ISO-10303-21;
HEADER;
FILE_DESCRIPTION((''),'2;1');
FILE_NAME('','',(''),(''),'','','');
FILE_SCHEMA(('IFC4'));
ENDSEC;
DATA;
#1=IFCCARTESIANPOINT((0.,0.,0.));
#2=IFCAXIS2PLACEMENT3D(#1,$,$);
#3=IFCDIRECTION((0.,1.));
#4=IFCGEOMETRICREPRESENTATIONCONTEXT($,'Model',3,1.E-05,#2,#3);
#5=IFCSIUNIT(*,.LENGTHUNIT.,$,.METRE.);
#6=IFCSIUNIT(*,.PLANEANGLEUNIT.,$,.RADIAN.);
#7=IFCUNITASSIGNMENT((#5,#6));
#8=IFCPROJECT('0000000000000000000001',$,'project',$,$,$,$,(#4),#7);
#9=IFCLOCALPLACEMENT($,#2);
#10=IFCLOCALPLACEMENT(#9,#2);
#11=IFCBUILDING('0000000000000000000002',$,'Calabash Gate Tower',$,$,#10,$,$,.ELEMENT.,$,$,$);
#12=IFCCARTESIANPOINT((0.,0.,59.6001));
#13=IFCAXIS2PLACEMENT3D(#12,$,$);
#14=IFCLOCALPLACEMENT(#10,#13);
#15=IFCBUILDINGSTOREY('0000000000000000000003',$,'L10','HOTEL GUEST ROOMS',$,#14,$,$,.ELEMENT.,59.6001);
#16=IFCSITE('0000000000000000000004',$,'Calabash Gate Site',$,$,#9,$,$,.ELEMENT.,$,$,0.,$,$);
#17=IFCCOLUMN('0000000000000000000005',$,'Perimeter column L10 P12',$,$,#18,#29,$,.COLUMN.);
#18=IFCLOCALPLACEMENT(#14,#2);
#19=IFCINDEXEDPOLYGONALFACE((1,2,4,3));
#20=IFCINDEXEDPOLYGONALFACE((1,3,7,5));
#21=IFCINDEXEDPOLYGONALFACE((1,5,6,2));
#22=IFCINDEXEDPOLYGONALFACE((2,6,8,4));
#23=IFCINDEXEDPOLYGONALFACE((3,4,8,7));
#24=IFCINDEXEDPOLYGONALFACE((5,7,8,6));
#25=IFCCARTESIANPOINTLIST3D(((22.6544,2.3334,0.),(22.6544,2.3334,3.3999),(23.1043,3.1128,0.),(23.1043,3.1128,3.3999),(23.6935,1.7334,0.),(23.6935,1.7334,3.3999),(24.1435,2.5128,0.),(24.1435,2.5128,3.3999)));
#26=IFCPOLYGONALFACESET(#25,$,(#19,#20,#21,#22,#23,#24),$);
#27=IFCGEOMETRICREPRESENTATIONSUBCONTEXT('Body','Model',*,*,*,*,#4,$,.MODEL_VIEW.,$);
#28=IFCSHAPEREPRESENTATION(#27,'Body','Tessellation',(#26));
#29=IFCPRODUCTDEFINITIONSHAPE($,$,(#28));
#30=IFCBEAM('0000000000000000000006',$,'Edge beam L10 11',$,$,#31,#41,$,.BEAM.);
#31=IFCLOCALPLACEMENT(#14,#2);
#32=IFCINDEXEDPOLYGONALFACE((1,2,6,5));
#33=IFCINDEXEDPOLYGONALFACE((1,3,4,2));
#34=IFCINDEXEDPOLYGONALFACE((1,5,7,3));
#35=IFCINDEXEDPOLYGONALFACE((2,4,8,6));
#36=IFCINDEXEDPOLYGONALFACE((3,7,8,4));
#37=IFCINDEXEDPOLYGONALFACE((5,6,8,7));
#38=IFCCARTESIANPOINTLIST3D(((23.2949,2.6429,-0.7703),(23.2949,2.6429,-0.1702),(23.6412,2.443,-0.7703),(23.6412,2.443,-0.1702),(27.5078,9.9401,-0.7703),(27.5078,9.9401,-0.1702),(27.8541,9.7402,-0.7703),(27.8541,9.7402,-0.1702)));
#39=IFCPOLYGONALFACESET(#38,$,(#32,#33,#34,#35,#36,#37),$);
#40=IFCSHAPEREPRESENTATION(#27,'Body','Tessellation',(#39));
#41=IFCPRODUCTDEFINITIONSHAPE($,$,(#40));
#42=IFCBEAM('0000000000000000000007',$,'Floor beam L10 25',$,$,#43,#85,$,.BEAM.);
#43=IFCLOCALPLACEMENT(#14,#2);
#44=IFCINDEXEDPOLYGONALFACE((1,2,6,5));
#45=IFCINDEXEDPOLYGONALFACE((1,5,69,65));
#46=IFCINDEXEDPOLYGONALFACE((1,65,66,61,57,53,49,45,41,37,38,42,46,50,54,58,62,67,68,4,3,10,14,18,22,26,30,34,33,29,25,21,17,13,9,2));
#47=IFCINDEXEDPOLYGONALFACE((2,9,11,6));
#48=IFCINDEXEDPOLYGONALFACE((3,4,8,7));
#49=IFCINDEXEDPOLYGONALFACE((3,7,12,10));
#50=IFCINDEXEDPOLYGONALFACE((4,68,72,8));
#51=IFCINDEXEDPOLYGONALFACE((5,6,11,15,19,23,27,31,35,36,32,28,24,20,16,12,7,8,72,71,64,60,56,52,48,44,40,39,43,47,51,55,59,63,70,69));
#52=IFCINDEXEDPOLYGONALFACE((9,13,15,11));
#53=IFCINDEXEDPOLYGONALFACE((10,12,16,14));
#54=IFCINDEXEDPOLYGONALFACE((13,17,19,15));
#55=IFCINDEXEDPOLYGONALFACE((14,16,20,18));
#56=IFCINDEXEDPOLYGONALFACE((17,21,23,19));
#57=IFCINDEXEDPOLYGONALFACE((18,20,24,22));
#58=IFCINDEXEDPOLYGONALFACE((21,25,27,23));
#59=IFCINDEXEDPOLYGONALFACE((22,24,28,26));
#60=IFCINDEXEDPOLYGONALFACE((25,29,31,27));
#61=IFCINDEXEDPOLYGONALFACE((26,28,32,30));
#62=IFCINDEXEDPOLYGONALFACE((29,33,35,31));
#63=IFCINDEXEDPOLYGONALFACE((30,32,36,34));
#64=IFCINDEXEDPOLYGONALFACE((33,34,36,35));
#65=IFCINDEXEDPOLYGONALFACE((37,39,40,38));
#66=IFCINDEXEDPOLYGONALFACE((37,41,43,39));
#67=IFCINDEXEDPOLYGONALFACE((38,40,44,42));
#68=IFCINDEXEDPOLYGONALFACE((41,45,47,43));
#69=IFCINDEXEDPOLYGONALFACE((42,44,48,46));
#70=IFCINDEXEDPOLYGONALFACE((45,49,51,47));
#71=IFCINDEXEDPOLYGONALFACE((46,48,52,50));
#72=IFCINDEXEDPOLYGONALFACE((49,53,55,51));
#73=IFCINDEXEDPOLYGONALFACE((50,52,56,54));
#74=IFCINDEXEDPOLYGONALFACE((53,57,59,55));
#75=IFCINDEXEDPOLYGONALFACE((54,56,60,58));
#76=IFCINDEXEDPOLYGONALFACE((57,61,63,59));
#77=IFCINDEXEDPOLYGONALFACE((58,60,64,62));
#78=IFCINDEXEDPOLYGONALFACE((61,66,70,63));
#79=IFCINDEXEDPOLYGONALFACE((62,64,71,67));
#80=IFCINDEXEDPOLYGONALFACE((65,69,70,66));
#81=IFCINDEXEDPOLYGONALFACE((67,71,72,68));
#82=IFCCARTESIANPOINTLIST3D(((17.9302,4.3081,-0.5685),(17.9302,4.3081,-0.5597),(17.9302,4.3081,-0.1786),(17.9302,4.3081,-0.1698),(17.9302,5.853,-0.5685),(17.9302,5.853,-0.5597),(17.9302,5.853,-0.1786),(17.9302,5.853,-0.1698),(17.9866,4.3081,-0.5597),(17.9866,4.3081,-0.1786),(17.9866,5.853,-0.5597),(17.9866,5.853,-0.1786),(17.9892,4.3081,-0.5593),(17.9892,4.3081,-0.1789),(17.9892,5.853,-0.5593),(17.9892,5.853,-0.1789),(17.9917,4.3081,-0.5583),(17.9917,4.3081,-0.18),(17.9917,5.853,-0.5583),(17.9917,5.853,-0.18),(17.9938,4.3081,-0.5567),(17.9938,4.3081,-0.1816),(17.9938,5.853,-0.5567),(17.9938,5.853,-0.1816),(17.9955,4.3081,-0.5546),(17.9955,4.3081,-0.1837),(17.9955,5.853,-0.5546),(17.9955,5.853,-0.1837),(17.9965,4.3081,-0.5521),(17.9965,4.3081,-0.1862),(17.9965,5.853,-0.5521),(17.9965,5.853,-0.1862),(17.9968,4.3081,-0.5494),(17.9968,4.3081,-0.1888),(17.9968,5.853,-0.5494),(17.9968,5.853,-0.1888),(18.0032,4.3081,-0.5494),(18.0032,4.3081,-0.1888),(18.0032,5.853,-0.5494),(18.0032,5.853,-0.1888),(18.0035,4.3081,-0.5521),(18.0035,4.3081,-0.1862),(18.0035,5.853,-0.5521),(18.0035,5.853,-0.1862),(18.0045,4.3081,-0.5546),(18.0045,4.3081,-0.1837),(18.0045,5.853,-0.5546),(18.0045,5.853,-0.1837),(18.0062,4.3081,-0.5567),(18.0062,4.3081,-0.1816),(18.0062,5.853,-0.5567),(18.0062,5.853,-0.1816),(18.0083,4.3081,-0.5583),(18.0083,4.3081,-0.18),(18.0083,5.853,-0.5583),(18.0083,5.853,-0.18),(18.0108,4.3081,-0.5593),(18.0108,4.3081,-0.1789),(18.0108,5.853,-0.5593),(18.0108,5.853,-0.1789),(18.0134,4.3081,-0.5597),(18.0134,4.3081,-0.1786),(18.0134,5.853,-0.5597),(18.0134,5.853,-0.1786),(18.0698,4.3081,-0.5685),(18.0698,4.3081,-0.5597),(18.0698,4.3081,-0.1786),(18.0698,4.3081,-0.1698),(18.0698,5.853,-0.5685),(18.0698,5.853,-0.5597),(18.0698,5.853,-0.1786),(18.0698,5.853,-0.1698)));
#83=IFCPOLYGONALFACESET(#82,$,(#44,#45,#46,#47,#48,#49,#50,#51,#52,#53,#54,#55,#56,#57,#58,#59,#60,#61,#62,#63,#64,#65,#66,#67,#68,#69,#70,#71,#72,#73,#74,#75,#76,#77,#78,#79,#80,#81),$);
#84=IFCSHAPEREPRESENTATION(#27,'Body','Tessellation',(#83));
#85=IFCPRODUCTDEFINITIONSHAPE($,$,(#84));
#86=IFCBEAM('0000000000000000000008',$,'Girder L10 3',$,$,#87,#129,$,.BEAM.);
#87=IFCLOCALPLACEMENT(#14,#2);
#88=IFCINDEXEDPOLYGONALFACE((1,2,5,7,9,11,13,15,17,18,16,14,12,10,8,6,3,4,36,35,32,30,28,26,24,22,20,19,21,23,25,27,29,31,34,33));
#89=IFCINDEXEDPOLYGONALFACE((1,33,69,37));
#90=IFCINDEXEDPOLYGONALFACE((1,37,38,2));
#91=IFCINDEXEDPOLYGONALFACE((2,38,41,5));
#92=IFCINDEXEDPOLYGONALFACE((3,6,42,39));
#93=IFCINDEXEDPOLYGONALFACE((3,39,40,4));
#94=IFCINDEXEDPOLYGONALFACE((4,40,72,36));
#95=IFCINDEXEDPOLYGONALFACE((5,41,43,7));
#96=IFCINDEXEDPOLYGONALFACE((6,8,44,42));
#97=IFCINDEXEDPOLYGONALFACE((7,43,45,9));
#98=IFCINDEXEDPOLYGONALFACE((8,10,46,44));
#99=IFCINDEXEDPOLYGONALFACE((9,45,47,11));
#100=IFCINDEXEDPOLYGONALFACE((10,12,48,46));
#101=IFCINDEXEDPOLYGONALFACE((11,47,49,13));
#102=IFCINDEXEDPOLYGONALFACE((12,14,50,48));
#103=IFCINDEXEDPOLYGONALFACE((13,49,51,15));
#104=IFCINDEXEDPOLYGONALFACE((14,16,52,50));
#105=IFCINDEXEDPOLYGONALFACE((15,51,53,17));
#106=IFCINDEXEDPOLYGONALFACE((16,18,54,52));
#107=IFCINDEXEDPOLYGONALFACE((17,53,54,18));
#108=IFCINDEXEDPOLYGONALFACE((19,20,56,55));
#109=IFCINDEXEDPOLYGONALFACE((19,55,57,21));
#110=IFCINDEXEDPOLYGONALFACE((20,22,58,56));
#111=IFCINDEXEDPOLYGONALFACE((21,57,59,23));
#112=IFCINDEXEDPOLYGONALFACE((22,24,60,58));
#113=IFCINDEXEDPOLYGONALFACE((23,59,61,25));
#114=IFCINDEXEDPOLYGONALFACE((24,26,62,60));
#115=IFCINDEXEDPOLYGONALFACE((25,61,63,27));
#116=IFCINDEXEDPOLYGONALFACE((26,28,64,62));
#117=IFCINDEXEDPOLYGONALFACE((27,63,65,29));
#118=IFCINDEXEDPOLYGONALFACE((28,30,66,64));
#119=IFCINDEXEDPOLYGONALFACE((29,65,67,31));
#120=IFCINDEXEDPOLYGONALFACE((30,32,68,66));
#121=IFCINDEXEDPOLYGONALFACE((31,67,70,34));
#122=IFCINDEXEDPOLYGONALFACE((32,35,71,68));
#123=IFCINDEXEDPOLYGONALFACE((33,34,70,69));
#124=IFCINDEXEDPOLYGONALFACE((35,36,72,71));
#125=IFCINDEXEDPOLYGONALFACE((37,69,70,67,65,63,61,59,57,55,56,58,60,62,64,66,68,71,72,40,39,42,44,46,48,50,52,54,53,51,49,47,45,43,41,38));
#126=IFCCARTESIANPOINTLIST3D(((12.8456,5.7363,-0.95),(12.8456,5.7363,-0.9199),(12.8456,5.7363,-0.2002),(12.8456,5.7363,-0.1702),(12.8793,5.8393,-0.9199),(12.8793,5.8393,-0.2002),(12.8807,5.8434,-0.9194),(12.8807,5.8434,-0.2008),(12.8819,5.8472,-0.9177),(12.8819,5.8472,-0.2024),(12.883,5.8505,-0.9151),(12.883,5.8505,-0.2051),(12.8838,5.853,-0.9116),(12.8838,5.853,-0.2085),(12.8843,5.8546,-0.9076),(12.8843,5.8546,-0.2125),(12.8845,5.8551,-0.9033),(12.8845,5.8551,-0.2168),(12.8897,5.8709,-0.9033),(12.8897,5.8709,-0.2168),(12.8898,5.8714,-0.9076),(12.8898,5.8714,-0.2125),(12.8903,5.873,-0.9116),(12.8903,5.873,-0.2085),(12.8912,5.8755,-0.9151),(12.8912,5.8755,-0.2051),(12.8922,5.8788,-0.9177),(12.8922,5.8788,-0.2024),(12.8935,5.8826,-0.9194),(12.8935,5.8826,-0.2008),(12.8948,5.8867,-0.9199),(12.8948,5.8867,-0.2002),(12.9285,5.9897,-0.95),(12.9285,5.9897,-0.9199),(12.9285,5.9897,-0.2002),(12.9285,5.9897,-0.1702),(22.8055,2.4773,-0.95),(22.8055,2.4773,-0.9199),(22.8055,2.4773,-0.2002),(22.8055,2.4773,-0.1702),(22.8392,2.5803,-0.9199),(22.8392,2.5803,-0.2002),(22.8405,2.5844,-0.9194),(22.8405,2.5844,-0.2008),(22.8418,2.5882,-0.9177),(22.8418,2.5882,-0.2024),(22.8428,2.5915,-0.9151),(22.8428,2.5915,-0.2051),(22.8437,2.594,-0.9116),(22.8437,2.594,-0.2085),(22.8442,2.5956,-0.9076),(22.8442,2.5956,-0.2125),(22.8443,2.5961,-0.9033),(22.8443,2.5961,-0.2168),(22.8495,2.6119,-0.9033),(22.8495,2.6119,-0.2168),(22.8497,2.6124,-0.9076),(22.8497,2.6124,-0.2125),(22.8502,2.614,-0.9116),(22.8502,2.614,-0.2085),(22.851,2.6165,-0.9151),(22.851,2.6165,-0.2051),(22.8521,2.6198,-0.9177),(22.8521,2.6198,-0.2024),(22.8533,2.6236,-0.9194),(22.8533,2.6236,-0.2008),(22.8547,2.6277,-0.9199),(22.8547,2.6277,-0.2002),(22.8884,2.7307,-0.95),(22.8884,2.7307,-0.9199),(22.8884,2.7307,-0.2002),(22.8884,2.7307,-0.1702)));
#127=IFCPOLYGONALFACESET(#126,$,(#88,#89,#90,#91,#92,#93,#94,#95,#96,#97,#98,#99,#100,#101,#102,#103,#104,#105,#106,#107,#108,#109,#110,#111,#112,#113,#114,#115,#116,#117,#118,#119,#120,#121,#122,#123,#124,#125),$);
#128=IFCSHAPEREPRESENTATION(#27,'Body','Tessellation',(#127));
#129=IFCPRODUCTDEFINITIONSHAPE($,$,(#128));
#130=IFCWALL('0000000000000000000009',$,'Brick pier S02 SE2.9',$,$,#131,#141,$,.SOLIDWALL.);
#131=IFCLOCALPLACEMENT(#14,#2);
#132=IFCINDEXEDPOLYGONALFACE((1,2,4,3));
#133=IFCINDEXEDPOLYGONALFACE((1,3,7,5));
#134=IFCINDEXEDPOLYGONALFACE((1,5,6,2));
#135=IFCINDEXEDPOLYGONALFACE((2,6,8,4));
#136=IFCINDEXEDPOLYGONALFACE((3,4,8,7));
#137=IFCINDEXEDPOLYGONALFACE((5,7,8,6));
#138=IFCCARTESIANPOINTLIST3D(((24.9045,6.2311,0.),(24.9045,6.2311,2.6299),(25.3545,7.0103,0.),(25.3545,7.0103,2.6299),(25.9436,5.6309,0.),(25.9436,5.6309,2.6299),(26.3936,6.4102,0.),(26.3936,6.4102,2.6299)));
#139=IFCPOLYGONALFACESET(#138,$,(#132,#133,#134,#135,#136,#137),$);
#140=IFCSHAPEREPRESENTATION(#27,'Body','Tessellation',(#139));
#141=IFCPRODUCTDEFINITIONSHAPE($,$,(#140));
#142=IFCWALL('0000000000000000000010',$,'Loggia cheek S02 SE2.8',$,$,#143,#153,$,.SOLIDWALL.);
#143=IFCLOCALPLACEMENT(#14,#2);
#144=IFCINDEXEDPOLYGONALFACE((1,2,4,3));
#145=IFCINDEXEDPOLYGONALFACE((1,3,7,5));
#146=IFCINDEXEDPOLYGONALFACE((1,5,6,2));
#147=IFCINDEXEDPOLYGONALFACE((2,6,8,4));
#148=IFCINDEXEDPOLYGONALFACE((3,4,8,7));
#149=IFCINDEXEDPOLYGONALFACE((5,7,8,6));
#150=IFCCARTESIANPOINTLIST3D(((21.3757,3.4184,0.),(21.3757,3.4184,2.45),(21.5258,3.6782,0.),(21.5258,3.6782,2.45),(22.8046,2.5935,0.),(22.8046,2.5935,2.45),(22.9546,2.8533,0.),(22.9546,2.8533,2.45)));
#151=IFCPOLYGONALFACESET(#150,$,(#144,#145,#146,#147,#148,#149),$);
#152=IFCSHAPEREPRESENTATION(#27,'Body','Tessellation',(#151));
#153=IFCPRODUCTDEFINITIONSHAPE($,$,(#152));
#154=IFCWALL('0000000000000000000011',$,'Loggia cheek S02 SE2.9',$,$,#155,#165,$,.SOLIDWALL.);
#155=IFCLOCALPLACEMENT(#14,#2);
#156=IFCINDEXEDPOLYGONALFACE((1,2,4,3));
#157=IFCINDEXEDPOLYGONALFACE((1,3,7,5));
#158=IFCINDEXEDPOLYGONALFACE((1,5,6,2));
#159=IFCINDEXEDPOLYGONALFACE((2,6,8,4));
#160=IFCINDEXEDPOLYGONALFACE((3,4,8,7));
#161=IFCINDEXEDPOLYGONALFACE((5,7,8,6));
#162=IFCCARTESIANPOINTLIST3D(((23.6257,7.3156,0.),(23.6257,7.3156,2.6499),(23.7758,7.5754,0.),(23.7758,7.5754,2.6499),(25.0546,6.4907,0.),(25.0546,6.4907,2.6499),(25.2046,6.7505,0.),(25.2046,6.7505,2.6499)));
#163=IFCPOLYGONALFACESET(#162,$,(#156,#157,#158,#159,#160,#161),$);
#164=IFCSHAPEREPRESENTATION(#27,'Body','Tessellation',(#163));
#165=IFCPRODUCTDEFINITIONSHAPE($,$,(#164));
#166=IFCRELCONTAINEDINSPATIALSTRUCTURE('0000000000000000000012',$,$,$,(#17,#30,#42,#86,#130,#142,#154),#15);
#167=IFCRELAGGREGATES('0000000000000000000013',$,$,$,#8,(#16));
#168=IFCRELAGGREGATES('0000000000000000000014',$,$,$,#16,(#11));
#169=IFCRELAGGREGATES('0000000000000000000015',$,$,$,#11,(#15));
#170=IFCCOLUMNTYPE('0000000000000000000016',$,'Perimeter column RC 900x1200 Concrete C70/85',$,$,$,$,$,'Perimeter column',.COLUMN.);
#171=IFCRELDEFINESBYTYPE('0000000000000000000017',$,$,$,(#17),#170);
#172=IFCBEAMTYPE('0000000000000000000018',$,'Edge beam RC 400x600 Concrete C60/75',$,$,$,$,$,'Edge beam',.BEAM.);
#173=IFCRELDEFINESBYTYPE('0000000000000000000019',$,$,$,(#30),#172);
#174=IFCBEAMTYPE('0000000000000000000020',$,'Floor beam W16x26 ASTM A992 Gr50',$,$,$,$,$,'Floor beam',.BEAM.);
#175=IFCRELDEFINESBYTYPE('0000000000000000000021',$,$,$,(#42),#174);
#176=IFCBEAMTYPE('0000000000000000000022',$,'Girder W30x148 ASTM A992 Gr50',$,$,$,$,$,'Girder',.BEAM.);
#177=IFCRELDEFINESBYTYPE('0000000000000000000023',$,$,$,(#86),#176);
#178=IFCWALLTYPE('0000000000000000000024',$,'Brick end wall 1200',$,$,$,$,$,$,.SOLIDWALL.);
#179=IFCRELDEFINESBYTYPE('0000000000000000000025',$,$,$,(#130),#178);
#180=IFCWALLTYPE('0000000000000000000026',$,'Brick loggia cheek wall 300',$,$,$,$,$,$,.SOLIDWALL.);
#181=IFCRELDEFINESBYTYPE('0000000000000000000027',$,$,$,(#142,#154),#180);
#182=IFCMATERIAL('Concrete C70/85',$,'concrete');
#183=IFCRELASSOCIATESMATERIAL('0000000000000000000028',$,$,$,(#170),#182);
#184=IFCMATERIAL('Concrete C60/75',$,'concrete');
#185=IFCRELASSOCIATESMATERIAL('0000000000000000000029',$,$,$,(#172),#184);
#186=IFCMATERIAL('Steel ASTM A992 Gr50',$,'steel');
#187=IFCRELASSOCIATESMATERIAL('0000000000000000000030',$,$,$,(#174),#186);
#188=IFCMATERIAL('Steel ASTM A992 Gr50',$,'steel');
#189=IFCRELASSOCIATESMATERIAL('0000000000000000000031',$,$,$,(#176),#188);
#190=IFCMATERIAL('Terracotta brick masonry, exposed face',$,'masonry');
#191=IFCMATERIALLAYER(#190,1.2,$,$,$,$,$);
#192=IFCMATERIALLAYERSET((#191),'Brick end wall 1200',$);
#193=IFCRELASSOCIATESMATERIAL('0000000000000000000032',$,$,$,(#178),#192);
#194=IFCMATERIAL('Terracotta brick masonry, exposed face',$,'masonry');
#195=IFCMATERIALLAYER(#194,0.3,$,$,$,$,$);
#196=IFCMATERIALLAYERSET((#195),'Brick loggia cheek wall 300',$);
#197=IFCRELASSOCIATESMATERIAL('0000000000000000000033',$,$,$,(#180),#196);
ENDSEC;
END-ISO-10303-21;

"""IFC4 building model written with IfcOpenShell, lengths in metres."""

from ifc_helpers import new_model, si_unit, direction, frame, frame_2d, origin, origin_2d, place, context, subcontext, project, spatial, rectangle, i_section, extrude, material, layer, layer_set, material_profile, profile_set, type_object, element, save


model = new_model("IFC4")

# Units and contexts
model_context = context("Model", 3, precision=1e-05, world=origin(), true_north=direction((0.0, 1.0)))
body_context = subcontext(model_context, "Body", "Model", "MODEL_VIEW")
ifc_project = project(units=[si_unit("LENGTHUNIT", "METRE"), si_unit("PLANEANGLEUNIT", "RADIAN")], contexts=[model_context])

# Site, building, storey
site_placement = place(None, origin())
site = spatial("IfcSite", under=ifc_project, at=site_placement, Name="Calabash Gate Site", CompositionType="ELEMENT", RefElevation=0.0)
building_placement = place(site_placement, origin())
building = spatial("IfcBuilding", under=site, at=building_placement, Name="Calabash Gate Tower", CompositionType="ELEMENT")
storey_placement = place(building_placement, frame((0.0, 0.0, 59.6001)))
storey = spatial("IfcBuildingStorey", under=building, at=storey_placement, Name="L10", Description="HOTEL GUEST ROOMS", CompositionType="ELEMENT", Elevation=59.6001)

# Column
ifc_material_1 = material(Name="Concrete C70/85", Category="concrete")
ifc_material_profile_1 = material_profile(ifc_material_1, rectangle(XDim=0.8999, YDim=1.2, at=origin_2d()))
ifc_profile_set_1 = profile_set([ifc_material_profile_1], Name="Concrete C70/85")
column_type = type_object("IfcColumnType", Name="Perimeter column RC 900x1200 Concrete C70/85", ElementType="Perimeter column", PredefinedType="COLUMN", material=ifc_profile_set_1)
column_placement = place(storey_placement, frame((23.3989, 2.4231, 0.0), z_axis=(0.0, 0.0, 1.0), x_axis=(0.5, 0.866025, 0.0)))
element("IfcColumn", 1, at=column_placement, inside=storey, type_object=column_type, Name="Perimeter column L10 P12", PredefinedType="COLUMN", context=body_context, shape_type="SweptSolid", body=[
    extrude(rectangle(XDim=0.8999, YDim=1.2, at=origin_2d()), origin(), (0.0, 0.0, 1.0), 3.3999),
])

# Beams
ifc_material_2 = material(Name="Concrete C60/75", Category="concrete")
ifc_material_profile_2 = material_profile(ifc_material_2, rectangle(XDim=0.3999, YDim=0.6001, at=origin_2d()))
ifc_profile_set_2 = profile_set([ifc_material_profile_2], Name="Concrete C60/75")
beam_type_1 = type_object("IfcBeamType", Name="Edge beam RC 400x600 Concrete C60/75", ElementType="Edge beam", PredefinedType="BEAM", material=ifc_profile_set_2)
beam_1_placement = place(storey_placement, frame((23.468, 2.543, -0.4702), z_axis=(0.499991, 0.866031, 0.0), x_axis=(-0.866031, 0.499991, 0.0)))
element("IfcBeam", 2, at=beam_1_placement, inside=storey, type_object=beam_type_1, Name="Edge beam L10 11", PredefinedType="BEAM", context=body_context, shape_type="SweptSolid", body=[
    extrude(rectangle(XDim=0.3999, YDim=0.6001, at=origin_2d()), origin(), (0.0, 0.0, 1.0), 8.426),
])
ifc_material_3 = material(Name="Steel ASTM A992 Gr50", Category="steel")
ifc_material_profile_3 = material_profile(ifc_material_3, i_section(OverallWidth=0.1396, OverallDepth=0.3987, WebThickness=0.0063, FlangeThickness=0.0088, FilletRadius=0.0103, at=origin_2d()))
ifc_profile_set_3 = profile_set([ifc_material_profile_3], Name="Steel ASTM A992 Gr50")
beam_type_2 = type_object("IfcBeamType", Name="Floor beam W16x26 ASTM A992 Gr50", ElementType="Floor beam", PredefinedType="BEAM", material=ifc_profile_set_3)
beam_2_placement = place(storey_placement, frame((18.0, 4.3081, -0.3691), z_axis=(0.0, 1.0, 0.0), x_axis=(-1.0, 0.0, 0.0)))
element("IfcBeam", 3, at=beam_2_placement, inside=storey, type_object=beam_type_2, Name="Floor beam L10 25", PredefinedType="BEAM", context=body_context, shape_type="SweptSolid", body=[
    extrude(i_section(OverallWidth=0.1396, OverallDepth=0.3987, WebThickness=0.0063, FlangeThickness=0.0088, FilletRadius=0.0103, at=origin_2d()), origin(), (0.0, 0.0, 1.0), 1.5449),
])
ifc_material_4 = material(Name="Steel ASTM A992 Gr50", Category="steel")
ifc_material_profile_4 = material_profile(ifc_material_4, i_section(OverallWidth=0.2666, OverallDepth=0.7798, WebThickness=0.0166, FlangeThickness=0.03, FilletRadius=0.0166, at=origin_2d()))
ifc_profile_set_4 = profile_set([ifc_material_profile_4], Name="Steel ASTM A992 Gr50")
beam_type_3 = type_object("IfcBeamType", Name="Girder W30x148 ASTM A992 Gr50", ElementType="Girder", PredefinedType="BEAM", material=ifc_profile_set_4)
beam_3_placement = place(storey_placement, frame((22.8469, 2.604, -0.5601), z_axis=(-0.950414, 0.310988, 0.0), x_axis=(-0.310988, -0.950414, 0.0)))
element("IfcBeam", 4, at=beam_3_placement, inside=storey, type_object=beam_type_3, Name="Girder L10 3", PredefinedType="BEAM", context=body_context, shape_type="SweptSolid", body=[
    extrude(i_section(OverallWidth=0.2666, OverallDepth=0.7798, WebThickness=0.0166, FlangeThickness=0.03, FilletRadius=0.0166, at=origin_2d()), origin(), (0.0, 0.0, 1.0), 10.4795),
])

# Walls
ifc_material_5 = material(Name="Terracotta brick masonry, exposed face", Category="masonry")
ifc_layer_1 = layer(ifc_material_5, 1.2)
ifc_layer_set_1 = layer_set([ifc_layer_1], Name="Brick end wall 1200")
wall_type_1 = type_object("IfcWallType", Name="Brick end wall 1200", PredefinedType="SOLIDWALL", material=ifc_layer_set_1)
wall_1_placement = place(storey_placement, frame((26.1687, 6.0205, 0.0), z_axis=(0.0, 0.0, 1.0), x_axis=(-0.865955, 0.500122, 0.0)))
element("IfcWall", 5, at=wall_1_placement, inside=storey, type_object=wall_type_1, Name="Brick pier S02 SE2.9", PredefinedType="SOLIDWALL", context=body_context, shape_type="SweptSolid", body=[
    extrude(rectangle(XDim=1.2, YDim=0.8999, at=frame_2d((0.6001, 0.0))), origin(), (0.0, 0.0, 1.0), 2.6299),
])
ifc_material_6 = material(Name="Terracotta brick masonry, exposed face", Category="masonry")
ifc_layer_2 = layer(ifc_material_6, 0.3)
ifc_layer_set_2 = layer_set([ifc_layer_2], Name="Brick loggia cheek wall 300")
wall_type_2 = type_object("IfcWallType", Name="Brick loggia cheek wall 300", PredefinedType="SOLIDWALL", material=ifc_layer_set_2)
wall_2_placement = place(storey_placement, frame((22.8796, 2.7234, 0.0), z_axis=(0.0, 0.0, 1.0), x_axis=(-0.86604, 0.499974, 0.0)))
element("IfcWall", 6, at=wall_2_placement, inside=storey, type_object=wall_type_2, Name="Loggia cheek S02 SE2.8", PredefinedType="SOLIDWALL", context=body_context, shape_type="SweptSolid", body=[
    extrude(rectangle(XDim=1.6499, YDim=0.3, at=frame_2d((0.825, 0.0))), origin(), (0.0, 0.0, 1.0), 2.45),
])
wall_3_placement = place(storey_placement, frame((25.1296, 6.6206, 0.0), z_axis=(0.0, 0.0, 1.0), x_axis=(-0.86604, 0.499974, 0.0)))
element("IfcWall", 7, at=wall_3_placement, inside=storey, type_object=wall_type_2, Name="Loggia cheek S02 SE2.9", PredefinedType="SOLIDWALL", context=body_context, shape_type="SweptSolid", body=[
    extrude(rectangle(XDim=1.6499, YDim=0.3, at=frame_2d((0.825, 0.0))), origin(), (0.0, 0.0, 1.0), 2.6499),
])

save(model, "model.ifc")
